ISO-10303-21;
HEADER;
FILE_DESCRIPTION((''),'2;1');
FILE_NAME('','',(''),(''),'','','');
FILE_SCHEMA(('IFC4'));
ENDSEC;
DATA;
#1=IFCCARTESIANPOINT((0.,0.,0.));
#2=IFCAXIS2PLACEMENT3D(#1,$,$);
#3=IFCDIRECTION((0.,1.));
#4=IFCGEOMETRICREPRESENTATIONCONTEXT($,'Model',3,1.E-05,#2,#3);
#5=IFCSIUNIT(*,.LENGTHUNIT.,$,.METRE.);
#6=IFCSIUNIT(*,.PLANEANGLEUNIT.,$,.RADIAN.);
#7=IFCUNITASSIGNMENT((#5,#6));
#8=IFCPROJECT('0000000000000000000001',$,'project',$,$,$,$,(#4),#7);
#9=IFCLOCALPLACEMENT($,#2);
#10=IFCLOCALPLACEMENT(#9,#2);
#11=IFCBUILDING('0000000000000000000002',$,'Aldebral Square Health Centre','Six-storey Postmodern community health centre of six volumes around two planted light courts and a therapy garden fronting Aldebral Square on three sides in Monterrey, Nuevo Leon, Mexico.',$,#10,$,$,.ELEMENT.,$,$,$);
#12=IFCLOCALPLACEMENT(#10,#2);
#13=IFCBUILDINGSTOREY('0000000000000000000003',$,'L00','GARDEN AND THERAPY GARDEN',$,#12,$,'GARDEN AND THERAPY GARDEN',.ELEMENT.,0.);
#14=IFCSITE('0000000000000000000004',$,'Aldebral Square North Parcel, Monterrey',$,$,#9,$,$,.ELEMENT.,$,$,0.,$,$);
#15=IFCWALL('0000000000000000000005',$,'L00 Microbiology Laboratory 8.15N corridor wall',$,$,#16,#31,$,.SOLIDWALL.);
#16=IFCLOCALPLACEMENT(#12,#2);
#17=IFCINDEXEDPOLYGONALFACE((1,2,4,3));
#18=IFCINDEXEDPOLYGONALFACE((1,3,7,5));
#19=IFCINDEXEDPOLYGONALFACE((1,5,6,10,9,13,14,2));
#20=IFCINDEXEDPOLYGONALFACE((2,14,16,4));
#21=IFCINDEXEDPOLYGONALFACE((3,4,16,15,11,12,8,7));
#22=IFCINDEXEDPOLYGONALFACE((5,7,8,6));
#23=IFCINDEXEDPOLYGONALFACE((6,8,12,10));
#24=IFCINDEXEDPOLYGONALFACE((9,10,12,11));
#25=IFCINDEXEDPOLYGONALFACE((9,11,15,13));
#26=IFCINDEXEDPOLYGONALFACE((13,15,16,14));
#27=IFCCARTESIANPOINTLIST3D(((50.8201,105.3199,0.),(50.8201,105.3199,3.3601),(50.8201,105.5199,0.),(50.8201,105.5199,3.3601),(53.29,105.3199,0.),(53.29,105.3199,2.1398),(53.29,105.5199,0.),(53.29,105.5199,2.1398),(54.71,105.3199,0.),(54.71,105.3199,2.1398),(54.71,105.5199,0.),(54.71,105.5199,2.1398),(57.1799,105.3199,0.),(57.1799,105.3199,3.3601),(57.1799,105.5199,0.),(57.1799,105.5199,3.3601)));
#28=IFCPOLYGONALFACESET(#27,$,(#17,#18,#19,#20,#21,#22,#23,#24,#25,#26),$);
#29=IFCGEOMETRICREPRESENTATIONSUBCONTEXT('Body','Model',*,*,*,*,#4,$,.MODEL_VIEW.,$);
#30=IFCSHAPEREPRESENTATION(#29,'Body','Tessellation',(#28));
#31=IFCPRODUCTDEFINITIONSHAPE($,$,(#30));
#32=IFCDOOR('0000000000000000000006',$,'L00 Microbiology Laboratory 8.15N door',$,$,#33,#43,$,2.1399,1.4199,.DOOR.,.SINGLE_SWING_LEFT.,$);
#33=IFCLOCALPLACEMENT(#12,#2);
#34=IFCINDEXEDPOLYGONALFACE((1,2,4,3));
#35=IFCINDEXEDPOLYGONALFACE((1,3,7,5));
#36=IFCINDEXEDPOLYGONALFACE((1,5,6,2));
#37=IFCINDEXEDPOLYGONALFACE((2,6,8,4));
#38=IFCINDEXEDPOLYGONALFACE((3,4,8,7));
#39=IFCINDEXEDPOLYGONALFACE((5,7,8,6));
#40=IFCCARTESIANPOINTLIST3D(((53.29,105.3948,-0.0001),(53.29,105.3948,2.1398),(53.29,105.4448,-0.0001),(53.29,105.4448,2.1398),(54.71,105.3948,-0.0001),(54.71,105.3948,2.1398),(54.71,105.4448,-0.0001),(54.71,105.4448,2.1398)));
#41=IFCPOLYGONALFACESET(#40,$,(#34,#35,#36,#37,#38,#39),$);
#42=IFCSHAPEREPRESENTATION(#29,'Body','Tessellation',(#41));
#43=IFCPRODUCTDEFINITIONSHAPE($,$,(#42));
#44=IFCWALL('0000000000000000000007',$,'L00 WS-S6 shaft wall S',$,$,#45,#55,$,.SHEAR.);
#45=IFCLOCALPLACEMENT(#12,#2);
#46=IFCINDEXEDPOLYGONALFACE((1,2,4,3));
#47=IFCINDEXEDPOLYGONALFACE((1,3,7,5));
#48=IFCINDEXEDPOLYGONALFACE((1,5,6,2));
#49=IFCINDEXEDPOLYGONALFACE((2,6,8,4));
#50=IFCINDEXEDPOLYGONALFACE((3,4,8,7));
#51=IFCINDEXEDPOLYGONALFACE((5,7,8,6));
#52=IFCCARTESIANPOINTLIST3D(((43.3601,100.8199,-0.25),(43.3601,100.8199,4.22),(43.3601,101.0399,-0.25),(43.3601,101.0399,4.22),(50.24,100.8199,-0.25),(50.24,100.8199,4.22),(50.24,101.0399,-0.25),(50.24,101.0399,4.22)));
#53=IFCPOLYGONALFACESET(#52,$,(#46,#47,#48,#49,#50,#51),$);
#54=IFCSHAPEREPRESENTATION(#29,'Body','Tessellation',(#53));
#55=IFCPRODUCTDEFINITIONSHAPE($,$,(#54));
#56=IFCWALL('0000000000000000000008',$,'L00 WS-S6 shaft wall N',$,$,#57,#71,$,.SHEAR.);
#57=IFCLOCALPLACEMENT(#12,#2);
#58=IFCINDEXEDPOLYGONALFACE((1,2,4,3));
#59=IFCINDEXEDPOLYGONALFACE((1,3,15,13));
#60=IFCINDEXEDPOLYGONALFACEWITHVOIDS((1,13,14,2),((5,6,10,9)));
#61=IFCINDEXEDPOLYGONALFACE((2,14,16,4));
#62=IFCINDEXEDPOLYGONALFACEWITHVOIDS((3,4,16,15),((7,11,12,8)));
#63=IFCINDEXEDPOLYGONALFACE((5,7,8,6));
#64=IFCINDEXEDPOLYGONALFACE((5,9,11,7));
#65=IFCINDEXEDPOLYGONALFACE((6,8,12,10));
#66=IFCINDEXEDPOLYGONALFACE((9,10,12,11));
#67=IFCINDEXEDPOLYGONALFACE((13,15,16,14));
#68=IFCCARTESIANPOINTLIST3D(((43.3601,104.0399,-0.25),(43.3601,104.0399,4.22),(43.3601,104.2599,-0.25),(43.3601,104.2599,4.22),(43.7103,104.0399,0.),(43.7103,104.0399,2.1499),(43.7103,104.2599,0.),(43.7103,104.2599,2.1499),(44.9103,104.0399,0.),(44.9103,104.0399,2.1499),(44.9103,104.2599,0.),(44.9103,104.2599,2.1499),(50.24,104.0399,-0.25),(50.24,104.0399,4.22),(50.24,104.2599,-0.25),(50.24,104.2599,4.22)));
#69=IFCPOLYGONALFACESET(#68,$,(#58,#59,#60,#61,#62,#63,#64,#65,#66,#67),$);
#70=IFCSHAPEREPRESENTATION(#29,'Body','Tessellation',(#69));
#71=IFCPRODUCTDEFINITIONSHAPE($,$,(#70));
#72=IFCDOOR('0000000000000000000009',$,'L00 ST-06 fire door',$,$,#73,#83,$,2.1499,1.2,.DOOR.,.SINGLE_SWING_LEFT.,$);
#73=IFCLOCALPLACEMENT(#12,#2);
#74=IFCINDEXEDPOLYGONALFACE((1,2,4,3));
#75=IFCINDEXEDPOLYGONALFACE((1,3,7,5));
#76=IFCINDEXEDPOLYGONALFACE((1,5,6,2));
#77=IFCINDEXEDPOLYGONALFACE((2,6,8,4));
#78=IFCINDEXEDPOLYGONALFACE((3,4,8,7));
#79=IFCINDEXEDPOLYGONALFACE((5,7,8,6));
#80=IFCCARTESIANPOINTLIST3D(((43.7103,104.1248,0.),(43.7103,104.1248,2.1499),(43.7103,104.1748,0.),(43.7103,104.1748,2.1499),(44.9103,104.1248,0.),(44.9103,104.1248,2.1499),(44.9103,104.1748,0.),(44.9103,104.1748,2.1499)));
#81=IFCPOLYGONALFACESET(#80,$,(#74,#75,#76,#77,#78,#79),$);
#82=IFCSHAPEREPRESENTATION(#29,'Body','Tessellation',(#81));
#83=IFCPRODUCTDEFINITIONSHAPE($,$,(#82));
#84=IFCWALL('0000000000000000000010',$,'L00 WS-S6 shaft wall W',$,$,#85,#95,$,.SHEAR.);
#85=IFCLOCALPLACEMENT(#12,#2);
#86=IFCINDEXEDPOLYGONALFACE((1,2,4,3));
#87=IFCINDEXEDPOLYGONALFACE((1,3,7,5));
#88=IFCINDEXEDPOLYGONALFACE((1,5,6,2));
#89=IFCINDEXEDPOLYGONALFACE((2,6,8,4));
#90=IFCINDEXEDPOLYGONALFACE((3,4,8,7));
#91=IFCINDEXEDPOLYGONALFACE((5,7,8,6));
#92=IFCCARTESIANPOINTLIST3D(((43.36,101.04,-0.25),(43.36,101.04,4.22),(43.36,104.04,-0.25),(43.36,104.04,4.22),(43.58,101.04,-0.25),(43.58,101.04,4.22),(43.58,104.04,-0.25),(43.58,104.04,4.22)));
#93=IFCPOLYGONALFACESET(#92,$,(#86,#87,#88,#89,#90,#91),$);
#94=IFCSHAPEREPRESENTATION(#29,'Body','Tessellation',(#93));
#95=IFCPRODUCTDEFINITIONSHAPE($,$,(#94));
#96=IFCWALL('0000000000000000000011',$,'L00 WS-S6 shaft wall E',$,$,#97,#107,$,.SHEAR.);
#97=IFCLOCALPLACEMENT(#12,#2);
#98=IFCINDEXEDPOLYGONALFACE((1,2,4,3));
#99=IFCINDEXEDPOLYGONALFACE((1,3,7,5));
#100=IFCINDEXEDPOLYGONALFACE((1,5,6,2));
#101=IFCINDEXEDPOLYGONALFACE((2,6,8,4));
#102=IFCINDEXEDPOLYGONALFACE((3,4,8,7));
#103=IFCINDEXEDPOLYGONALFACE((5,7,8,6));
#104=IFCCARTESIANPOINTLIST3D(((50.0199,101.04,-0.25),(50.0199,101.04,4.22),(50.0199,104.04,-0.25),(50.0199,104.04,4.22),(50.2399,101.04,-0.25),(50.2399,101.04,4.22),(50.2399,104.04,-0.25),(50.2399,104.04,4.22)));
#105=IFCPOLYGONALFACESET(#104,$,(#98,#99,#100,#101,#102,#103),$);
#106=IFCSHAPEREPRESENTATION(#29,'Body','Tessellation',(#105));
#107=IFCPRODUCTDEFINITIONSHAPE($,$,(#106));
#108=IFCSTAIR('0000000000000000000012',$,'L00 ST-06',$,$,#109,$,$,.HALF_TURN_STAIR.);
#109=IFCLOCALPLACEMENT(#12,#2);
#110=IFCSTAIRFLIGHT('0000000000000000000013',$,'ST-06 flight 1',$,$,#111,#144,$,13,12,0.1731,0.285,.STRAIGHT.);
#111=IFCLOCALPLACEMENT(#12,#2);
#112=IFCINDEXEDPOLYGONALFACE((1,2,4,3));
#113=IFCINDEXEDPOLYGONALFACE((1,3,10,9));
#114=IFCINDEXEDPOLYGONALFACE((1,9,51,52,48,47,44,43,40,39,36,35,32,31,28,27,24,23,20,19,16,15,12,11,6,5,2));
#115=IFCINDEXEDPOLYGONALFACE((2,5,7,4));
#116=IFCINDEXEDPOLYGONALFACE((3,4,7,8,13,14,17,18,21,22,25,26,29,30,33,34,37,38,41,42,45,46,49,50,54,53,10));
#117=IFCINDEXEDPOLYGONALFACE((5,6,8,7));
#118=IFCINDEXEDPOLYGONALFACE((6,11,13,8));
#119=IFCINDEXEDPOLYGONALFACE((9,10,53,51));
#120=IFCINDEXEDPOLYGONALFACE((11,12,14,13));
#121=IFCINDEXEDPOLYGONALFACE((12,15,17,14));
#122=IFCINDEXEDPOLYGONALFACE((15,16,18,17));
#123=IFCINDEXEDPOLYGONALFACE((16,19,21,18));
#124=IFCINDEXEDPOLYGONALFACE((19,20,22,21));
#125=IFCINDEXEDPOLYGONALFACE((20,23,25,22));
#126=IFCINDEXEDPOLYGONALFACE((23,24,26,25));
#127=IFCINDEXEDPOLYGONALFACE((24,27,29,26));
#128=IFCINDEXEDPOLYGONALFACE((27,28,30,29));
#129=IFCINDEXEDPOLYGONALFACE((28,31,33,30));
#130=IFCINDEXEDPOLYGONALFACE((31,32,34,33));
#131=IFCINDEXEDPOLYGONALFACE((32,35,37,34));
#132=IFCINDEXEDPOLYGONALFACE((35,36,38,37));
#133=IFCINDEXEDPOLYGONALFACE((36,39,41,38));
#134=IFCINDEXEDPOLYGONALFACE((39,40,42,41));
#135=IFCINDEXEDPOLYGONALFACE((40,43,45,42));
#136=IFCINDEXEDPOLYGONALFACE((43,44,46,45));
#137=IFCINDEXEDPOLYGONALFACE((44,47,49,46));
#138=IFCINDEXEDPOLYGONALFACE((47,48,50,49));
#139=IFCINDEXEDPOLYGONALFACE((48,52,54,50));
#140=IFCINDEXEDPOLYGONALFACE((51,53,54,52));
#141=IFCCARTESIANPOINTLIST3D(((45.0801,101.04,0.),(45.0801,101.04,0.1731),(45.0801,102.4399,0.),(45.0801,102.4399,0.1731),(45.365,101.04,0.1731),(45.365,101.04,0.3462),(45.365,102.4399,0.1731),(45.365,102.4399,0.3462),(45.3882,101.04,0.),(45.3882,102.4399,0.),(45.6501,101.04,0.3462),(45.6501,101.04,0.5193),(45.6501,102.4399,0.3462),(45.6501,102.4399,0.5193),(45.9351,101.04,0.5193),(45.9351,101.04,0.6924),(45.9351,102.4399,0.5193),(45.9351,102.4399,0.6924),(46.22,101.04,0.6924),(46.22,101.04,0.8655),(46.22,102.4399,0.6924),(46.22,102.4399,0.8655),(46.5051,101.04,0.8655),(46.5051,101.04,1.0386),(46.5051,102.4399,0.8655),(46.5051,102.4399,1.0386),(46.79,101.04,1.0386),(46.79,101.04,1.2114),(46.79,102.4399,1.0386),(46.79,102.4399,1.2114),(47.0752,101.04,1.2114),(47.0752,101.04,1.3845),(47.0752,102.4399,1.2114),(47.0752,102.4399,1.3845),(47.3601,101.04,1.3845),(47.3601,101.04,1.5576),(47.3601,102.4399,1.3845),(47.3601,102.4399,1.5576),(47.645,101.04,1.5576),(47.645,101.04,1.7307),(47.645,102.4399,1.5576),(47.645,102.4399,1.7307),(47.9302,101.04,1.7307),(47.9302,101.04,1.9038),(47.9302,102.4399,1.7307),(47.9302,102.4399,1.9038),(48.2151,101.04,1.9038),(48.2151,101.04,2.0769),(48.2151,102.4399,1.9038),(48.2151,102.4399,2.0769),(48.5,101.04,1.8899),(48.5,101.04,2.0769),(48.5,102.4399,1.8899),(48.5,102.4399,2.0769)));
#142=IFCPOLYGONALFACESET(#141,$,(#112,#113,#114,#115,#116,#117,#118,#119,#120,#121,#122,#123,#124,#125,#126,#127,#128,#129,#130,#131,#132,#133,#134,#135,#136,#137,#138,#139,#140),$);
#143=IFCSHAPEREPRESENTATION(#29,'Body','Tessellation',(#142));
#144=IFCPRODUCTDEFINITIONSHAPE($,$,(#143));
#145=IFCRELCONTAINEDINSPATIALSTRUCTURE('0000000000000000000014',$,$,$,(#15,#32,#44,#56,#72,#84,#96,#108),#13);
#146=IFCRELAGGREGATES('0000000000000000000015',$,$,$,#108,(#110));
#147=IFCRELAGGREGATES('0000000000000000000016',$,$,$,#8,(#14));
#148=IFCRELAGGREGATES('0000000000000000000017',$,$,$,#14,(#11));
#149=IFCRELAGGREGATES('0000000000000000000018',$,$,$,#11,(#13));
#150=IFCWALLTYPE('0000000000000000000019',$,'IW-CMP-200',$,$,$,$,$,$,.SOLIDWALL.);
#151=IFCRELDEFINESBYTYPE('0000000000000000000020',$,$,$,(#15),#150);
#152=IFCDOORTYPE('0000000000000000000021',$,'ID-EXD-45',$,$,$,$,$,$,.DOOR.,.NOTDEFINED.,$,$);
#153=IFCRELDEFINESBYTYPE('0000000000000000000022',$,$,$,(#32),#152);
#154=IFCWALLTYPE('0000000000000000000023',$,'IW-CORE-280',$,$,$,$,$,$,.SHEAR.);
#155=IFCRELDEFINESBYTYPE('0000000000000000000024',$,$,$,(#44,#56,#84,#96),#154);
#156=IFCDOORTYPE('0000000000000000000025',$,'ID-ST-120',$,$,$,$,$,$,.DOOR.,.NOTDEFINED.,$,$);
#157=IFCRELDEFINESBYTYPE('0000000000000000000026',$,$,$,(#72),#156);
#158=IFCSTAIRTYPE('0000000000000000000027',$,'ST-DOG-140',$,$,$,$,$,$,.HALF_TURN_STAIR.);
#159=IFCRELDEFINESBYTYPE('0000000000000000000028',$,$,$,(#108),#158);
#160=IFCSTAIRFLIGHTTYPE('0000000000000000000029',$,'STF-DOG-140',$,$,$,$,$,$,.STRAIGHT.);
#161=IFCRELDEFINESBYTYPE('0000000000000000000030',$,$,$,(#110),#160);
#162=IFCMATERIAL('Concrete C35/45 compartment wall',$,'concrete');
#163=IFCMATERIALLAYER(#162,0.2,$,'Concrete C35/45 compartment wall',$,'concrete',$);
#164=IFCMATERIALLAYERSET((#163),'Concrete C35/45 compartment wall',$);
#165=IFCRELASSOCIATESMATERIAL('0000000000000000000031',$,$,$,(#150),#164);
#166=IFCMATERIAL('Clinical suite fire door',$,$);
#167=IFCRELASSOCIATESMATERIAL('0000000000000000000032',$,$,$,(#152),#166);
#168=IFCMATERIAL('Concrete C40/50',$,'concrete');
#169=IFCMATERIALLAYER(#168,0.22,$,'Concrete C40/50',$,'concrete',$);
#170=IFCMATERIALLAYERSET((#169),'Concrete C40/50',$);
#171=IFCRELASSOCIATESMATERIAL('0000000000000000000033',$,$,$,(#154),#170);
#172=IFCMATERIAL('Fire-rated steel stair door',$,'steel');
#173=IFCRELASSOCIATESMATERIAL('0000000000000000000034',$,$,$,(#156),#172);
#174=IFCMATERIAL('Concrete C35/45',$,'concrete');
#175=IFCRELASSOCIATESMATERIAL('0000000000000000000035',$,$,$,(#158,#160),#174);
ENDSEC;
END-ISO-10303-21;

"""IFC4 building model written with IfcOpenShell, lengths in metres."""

from ifc_helpers import new_model, si_unit, direction, frame, frame_2d, origin, place, context, subcontext, project, spatial, polyline, rectangle, outline, extrude, material, layer, layer_set, type_object, element, fill, aggregate, save


model = new_model("IFC4")

# Units and contexts
model_context = context("Model", 3, precision=1e-05, world=origin(), true_north=direction((0.0, 1.0)))
body_context = subcontext(model_context, "Body", "Model", "MODEL_VIEW")
ifc_project = project(units=[si_unit("LENGTHUNIT", "METRE"), si_unit("PLANEANGLEUNIT", "RADIAN")], contexts=[model_context])

# Site, building, storey
site_placement = place(None, origin())
site = spatial("IfcSite", under=ifc_project, at=site_placement, Name="Aldebral Square North Parcel, Monterrey", CompositionType="ELEMENT", RefElevation=0.0)
building_placement = place(site_placement, origin())
building = spatial("IfcBuilding", under=site, at=building_placement, Name="Aldebral Square Health Centre", Description="Six-storey Postmodern community health centre of six volumes around two planted light courts and a therapy garden fronting Aldebral Square on three sides in Monterrey, Nuevo Leon, Mexico.", CompositionType="ELEMENT")
storey_placement = place(building_placement, origin())
storey = spatial("IfcBuildingStorey", under=building, at=storey_placement, Name="L00", Description="GARDEN AND THERAPY GARDEN", LongName="GARDEN AND THERAPY GARDEN", CompositionType="ELEMENT", Elevation=0.0)

# Shared definitions
ifc_material_1 = material(Name="Concrete C35/45", Category="concrete")

# Shared definitions
ifc_material_2 = material(Name="Concrete C40/50", Category="concrete")

# Wall, opening, door
ifc_material_3 = material(Name="Concrete C35/45 compartment wall", Category="concrete")
ifc_layer_1 = layer(ifc_material_3, 0.2, Name="Concrete C35/45 compartment wall", Category="concrete")
ifc_layer_set_1 = layer_set([ifc_layer_1], Name="Concrete C35/45 compartment wall")
wall_type_1 = type_object("IfcWallType", Name="IW-CMP-200", PredefinedType="SOLIDWALL", material=ifc_layer_set_1)
ifc_material_4 = material(Name="Clinical suite fire door")
wall_1_placement = place(storey_placement, frame((50.8201, 105.4199, 0.0), z_axis=(0.0, 0.0, 1.0), x_axis=(1.0, 0.0, 0.0)))
wall_1 = element("IfcWall", 1, at=wall_1_placement, inside=storey, type_object=wall_type_1, Name="L00 Microbiology Laboratory 8.15N corridor wall", PredefinedType="SOLIDWALL", context=body_context, shape_type="SweptSolid", body=[
    extrude(rectangle(XDim=6.3599, YDim=0.2, at=frame_2d((3.1799, 0.0))), origin(), (0.0, 0.0, 1.0), 3.3601),
])
opening_1_placement = place(wall_1_placement, frame((2.47, 0.0, 0.0)))
opening_1 = element("IfcOpeningElement", 2, at=opening_1_placement, cuts=wall_1, PredefinedType="OPENING", context=body_context, shape_type="SweptSolid", body=[
    extrude(rectangle(XDim=1.4199, YDim=2.1399, at=frame_2d((0.71, 1.0698))), frame((0.0, 0.1099, 0.0), z_axis=(0.0, -1.0, 0.0), x_axis=(1.0, 0.0, 0.0)), (0.0, 0.0, 1.0), 0.22),
])
door_type_1 = type_object("IfcDoorType", Name="ID-EXD-45", OperationType="NOTDEFINED", PredefinedType="DOOR", material=ifc_material_4)
door_1_placement = place(opening_1_placement, origin())
door_1 = element("IfcDoor", 3, at=door_1_placement, inside=storey, type_object=door_type_1, Name="L00 Microbiology Laboratory 8.15N door", OperationType="SINGLE_SWING_LEFT", OverallHeight=2.1399, OverallWidth=1.4199, PredefinedType="DOOR", context=body_context, shape_type="SweptSolid", body=[
    extrude(rectangle(XDim=1.4199, YDim=2.1399, at=frame_2d((0.71, 1.0698))), frame((0.0, 0.0249, 0.0), z_axis=(0.0, -1.0, 0.0), x_axis=(1.0, 0.0, 0.0)), (0.0, 0.0, 1.0), 0.05),
])
fill(opening_1, door_1)

# Wall
ifc_layer_2 = layer(ifc_material_2, 0.22, Name="Concrete C40/50", Category="concrete")
ifc_layer_set_2 = layer_set([ifc_layer_2], Name="Concrete C40/50")
wall_type_2 = type_object("IfcWallType", Name="IW-CORE-280", PredefinedType="SHEAR", material=ifc_layer_set_2)
wall_2_placement = place(storey_placement, frame((43.3601, 100.9299, -0.25), z_axis=(0.0, 0.0, 1.0), x_axis=(1.0, 0.0, 0.0)))
element("IfcWall", 4, at=wall_2_placement, inside=storey, type_object=wall_type_2, Name="L00 WS-S6 shaft wall S", PredefinedType="SHEAR", context=body_context, shape_type="SweptSolid", body=[
    extrude(rectangle(XDim=6.8799, YDim=0.22, at=frame_2d((3.4399, 0.0))), origin(), (0.0, 0.0, 1.0), 4.47),
])

# Wall, opening, door
wall_3_placement = place(storey_placement, frame((43.3601, 104.1499, -0.25), z_axis=(0.0, 0.0, 1.0), x_axis=(1.0, 0.0, 0.0)))
wall_3 = element("IfcWall", 5, at=wall_3_placement, inside=storey, type_object=wall_type_2, Name="L00 WS-S6 shaft wall N", PredefinedType="SHEAR", context=body_context, shape_type="SweptSolid", body=[
    extrude(rectangle(XDim=6.8799, YDim=0.22, at=frame_2d((3.4399, 0.0))), origin(), (0.0, 0.0, 1.0), 4.47),
])
opening_2_placement = place(wall_3_placement, frame((0.3501, 0.0, 0.25)))
opening_2 = element("IfcOpeningElement", 6, at=opening_2_placement, cuts=wall_3, PredefinedType="OPENING", context=body_context, shape_type="SweptSolid", body=[
    extrude(rectangle(XDim=1.2, YDim=2.1499, at=frame_2d((0.6001, 1.075))), frame((0.0, 0.1201, 0.0), z_axis=(0.0, -1.0, 0.0), x_axis=(1.0, 0.0, 0.0)), (0.0, 0.0, 1.0), 0.24),
])
ifc_material_5 = material(Name="Fire-rated steel stair door", Category="steel")
door_type_2 = type_object("IfcDoorType", Name="ID-ST-120", OperationType="NOTDEFINED", PredefinedType="DOOR", material=ifc_material_5)
door_2_placement = place(opening_2_placement, origin())
door_2 = element("IfcDoor", 7, at=door_2_placement, inside=storey, type_object=door_type_2, Name="L00 ST-06 fire door", OperationType="SINGLE_SWING_LEFT", OverallHeight=2.1499, OverallWidth=1.2, PredefinedType="DOOR", context=body_context, shape_type="SweptSolid", body=[
    extrude(rectangle(XDim=1.2, YDim=2.1499, at=frame_2d((0.6001, 1.075))), frame((0.0, 0.0249, 0.0), z_axis=(0.0, -1.0, 0.0), x_axis=(1.0, 0.0, 0.0)), (0.0, 0.0, 1.0), 0.05),
])
fill(opening_2, door_2)

# Walls
for number, where, z_axis, x_axis, name in (
    (8, (43.47, 101.04, -0.25), (0.0, 0.0, 1.0), (0.0, 1.0, 0.0), "L00 WS-S6 shaft wall W"),
    (9, (50.1299, 101.04, -0.25), (0.0, 0.0, 1.0), (0.0, 1.0, 0.0), "L00 WS-S6 shaft wall E"),
):
    element("IfcWall", number, at=place(storey_placement, frame(where, z_axis=z_axis, x_axis=x_axis)), inside=storey, type_object=wall_type_2, Name=name, PredefinedType="SHEAR", context=body_context, shape_type="SweptSolid", body=[
        extrude(rectangle(XDim=3.0, YDim=0.22, at=frame_2d((1.5, 0.0))), origin(), (0.0, 0.0, 1.0), 4.47),
    ])

# Stair, stair flight
stair_type = type_object("IfcStairType", Name="ST-DOG-140", PredefinedType="HALF_TURN_STAIR", material=ifc_material_1)
stair_placement = place(storey_placement, origin())
stair = element("IfcStair", 10, at=stair_placement, inside=storey, type_object=stair_type, Name="L00 ST-06", PredefinedType="HALF_TURN_STAIR")
stair_flight_type = type_object("IfcStairFlightType", Name="STF-DOG-140", PredefinedType="STRAIGHT", material=ifc_material_1)
stair_flight_1_placement = place(storey_placement, frame((45.0801, 101.74, 0.0), z_axis=(0.0, 0.0, 1.0), x_axis=(1.0, 0.0, 0.0)))
stair_flight_1 = element("IfcStairFlight", 11, at=stair_flight_1_placement, type_object=stair_flight_type, Name="ST-06 flight 1", NumberOfRisers=13, NumberOfTreads=12, PredefinedType="STRAIGHT", RiserHeight=0.1731, TreadLength=0.285, context=body_context, shape_type="SweptSolid", body=[
    extrude(outline(polyline([(0.0, 0.0), (0.0, 0.1731), (0.2849, 0.1731), (0.2849, 0.3462), (0.5701, 0.3462), (0.5701, 0.5193), (0.855, 0.5193), (0.855, 0.6924), (1.1399, 0.6924), (1.1399, 0.8655), (1.425, 0.8655), (1.425, 1.0386), (1.71, 1.0386), (1.71, 1.2114), (1.9951, 1.2114), (1.9951, 1.3845), (2.28, 1.3845), (2.28, 1.5576), (2.5649, 1.5576), (2.5649, 1.7307), (2.8501, 1.7307), (2.8501, 1.9038), (3.135, 1.9038), (3.135, 2.0769), (3.4199, 2.0769), (3.4199, 2.25), (3.4199, 1.8899), (0.3081, 0.0), (0.0, 0.0)])), frame((0.0, 0.7, 0.0), z_axis=(0.0, -1.0, 0.0), x_axis=(1.0, 0.0, 0.0)), (0.0, 0.0, 1.0), 1.3999),
])
aggregate(stair, [stair_flight_1])

save(model, "model.ifc")
